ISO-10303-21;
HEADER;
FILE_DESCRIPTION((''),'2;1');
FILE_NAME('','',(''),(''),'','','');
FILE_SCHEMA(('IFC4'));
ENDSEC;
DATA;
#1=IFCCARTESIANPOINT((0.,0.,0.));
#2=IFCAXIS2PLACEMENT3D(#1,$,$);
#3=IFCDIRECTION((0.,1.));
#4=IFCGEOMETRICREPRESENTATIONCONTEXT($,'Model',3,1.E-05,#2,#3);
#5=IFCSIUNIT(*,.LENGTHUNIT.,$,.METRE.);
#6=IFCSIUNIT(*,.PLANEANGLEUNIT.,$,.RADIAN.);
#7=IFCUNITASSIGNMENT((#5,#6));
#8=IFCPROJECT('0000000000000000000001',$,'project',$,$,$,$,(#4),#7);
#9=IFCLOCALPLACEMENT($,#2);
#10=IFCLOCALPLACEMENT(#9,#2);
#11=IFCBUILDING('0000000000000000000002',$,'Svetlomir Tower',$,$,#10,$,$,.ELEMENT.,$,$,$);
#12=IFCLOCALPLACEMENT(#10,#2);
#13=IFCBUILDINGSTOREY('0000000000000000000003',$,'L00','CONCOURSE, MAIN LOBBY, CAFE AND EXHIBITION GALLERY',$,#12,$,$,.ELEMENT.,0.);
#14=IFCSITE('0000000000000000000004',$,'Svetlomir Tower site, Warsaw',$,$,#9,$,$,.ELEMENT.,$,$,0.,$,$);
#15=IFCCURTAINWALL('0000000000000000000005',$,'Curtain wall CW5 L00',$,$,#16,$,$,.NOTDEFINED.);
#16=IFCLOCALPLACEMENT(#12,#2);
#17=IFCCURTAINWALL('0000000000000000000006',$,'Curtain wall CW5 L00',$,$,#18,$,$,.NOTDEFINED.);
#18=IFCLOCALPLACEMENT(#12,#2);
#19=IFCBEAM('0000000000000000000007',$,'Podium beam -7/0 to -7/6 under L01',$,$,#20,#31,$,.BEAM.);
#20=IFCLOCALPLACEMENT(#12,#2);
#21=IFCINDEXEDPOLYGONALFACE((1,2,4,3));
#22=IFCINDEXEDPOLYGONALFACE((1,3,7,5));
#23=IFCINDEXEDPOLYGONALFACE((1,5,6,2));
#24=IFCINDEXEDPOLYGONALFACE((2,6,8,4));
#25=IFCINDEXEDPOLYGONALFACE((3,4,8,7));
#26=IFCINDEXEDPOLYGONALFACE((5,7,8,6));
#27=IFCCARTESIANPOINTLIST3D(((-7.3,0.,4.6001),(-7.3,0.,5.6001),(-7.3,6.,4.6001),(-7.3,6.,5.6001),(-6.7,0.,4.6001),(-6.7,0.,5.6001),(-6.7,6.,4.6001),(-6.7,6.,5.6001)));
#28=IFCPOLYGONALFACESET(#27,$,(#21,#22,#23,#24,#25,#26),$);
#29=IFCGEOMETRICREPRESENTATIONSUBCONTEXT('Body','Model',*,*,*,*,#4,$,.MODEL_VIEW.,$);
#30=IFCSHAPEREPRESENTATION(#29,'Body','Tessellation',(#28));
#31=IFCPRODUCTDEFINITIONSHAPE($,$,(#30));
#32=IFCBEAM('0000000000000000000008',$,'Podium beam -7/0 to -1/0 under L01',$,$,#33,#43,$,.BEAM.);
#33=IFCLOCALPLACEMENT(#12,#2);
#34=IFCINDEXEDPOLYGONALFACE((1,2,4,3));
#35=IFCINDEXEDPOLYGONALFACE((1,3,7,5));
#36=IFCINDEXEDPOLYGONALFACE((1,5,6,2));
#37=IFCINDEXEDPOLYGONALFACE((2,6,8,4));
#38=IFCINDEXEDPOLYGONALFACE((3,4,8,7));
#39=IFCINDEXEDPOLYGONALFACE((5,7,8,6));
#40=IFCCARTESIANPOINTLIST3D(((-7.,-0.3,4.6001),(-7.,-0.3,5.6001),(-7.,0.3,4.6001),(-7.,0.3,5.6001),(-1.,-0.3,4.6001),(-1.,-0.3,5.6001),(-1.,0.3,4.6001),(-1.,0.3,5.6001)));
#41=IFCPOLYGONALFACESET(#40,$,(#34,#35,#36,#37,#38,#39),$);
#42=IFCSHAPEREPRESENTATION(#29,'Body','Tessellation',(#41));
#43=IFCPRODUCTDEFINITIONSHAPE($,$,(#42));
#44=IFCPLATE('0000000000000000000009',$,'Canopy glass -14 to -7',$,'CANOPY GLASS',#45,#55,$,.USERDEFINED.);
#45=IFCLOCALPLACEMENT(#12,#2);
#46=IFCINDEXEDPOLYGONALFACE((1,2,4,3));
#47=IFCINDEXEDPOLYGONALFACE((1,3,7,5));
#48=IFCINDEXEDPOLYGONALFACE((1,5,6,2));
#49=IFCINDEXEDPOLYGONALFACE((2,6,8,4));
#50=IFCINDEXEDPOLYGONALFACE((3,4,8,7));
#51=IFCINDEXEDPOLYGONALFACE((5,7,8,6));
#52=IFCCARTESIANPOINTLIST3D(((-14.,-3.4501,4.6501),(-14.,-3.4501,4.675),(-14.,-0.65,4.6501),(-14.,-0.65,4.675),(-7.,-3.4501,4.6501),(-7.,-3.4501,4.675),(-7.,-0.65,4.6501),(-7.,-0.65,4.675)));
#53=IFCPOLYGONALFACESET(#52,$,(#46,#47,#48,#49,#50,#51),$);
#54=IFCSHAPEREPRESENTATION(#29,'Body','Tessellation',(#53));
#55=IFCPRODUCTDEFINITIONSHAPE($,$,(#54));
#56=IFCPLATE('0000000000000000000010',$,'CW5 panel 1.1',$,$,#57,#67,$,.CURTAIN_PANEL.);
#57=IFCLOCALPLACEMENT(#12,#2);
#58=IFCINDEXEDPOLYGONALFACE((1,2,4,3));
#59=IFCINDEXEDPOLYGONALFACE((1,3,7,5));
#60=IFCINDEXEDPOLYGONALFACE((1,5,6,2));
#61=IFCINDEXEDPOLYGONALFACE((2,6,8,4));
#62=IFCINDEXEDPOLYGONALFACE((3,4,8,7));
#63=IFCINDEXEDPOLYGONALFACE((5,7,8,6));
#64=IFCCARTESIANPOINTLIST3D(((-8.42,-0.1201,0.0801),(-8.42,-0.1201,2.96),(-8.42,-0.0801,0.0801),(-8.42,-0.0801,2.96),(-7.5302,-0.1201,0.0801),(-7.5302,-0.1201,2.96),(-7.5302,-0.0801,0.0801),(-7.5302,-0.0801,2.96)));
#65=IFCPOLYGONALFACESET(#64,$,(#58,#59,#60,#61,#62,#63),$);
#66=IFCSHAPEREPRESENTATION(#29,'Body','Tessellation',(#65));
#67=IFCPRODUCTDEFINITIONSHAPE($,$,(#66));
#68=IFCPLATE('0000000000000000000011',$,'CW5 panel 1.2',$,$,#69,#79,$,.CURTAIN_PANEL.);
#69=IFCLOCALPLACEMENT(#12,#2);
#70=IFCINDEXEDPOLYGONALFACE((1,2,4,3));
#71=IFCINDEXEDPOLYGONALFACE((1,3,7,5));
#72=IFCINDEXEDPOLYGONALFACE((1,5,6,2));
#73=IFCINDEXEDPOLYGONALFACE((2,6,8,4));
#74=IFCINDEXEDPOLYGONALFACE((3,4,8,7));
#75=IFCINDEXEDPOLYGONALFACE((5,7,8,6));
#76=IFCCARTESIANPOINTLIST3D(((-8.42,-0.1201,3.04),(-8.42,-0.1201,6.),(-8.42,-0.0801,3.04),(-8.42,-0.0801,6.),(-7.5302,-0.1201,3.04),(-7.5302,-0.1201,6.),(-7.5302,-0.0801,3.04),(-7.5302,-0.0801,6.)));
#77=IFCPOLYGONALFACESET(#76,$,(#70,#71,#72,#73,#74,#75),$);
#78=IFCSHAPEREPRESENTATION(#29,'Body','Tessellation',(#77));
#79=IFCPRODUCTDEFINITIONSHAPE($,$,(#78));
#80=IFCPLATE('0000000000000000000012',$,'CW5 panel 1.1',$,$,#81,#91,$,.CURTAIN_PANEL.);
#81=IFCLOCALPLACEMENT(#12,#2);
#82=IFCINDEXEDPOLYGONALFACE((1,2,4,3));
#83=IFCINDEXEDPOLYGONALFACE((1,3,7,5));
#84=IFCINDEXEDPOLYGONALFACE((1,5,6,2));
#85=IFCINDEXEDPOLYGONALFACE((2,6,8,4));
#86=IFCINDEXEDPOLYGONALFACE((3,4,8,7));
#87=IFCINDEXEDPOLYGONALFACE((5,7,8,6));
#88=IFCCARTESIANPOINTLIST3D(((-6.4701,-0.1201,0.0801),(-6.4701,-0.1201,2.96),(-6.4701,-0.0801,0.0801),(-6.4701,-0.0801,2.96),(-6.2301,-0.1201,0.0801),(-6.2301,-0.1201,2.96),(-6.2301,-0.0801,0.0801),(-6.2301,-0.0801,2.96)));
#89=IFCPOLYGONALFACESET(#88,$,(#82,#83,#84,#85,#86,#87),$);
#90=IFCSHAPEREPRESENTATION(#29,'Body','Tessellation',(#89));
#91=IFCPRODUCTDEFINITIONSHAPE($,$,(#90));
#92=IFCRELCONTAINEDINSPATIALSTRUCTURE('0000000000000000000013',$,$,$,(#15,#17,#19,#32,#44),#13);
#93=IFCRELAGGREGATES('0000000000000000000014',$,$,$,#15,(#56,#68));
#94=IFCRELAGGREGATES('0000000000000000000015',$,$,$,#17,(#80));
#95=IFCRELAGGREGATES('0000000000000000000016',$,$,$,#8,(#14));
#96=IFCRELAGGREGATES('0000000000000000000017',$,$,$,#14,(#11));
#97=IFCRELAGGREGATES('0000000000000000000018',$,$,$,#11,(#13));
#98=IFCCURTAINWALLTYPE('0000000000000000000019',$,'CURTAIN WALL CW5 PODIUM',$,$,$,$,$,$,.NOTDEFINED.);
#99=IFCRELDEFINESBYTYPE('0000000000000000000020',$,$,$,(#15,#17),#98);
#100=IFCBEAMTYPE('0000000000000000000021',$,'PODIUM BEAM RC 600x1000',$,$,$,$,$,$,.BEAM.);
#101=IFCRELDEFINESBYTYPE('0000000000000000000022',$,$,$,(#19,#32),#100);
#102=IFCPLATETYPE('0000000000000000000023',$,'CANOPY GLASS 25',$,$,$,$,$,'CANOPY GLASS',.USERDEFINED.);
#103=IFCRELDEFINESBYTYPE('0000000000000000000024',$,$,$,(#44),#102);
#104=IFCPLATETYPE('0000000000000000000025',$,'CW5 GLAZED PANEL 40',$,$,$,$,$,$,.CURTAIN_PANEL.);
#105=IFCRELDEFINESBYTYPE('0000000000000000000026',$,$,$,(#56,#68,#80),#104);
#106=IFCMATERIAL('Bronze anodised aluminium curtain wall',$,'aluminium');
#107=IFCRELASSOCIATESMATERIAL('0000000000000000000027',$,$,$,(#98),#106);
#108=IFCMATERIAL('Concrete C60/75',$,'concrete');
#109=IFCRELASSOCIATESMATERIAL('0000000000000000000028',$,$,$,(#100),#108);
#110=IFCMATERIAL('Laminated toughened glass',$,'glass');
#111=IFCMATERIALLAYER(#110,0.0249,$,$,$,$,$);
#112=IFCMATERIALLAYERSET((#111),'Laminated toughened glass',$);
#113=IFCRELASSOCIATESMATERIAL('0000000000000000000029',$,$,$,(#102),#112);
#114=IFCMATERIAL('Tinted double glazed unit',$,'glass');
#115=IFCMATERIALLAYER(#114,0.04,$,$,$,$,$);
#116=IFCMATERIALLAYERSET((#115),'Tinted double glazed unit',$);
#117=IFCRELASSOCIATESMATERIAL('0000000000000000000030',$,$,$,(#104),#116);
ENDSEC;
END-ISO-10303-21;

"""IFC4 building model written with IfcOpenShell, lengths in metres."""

from ifc_helpers import new_model, si_unit, direction, frame, origin, origin_2d, place, context, subcontext, project, spatial, rectangle, extrude, material, layer, layer_set, material_profile, profile_set, type_object, element, aggregate, save


model = new_model("IFC4")

# Units and contexts
model_context = context("Model", 3, precision=1e-05, world=origin(), true_north=direction((0.0, 1.0)))
body_context = subcontext(model_context, "Body", "Model", "MODEL_VIEW")
ifc_project = project(units=[si_unit("LENGTHUNIT", "METRE"), si_unit("PLANEANGLEUNIT", "RADIAN")], contexts=[model_context])

# Site, building, storey
site_placement = place(None, origin())
site = spatial("IfcSite", under=ifc_project, at=site_placement, Name="Svetlomir Tower site, Warsaw", CompositionType="ELEMENT", RefElevation=0.0)
building_placement = place(site_placement, origin())
building = spatial("IfcBuilding", under=site, at=building_placement, Name="Svetlomir Tower", CompositionType="ELEMENT")
storey_placement = place(building_placement, origin())
storey = spatial("IfcBuildingStorey", under=building, at=storey_placement, Name="L00", Description="CONCOURSE, MAIN LOBBY, CAFE AND EXHIBITION GALLERY", CompositionType="ELEMENT", Elevation=0.0)

# Curtain wall
ifc_material_1 = material(Name="Bronze anodised aluminium curtain wall", Category="aluminium")
curtain_wall_type = type_object("IfcCurtainWallType", Name="CURTAIN WALL CW5 PODIUM", PredefinedType="NOTDEFINED", material=ifc_material_1)
curtain_wall_1_placement = place(storey_placement, origin())
curtain_wall_1 = element("IfcCurtainWall", 1, at=curtain_wall_1_placement, inside=storey, type_object=curtain_wall_type, Name="Curtain wall CW5 L00", PredefinedType="NOTDEFINED")

# Curtain wall
curtain_wall_2_placement = place(storey_placement, origin())
curtain_wall_2 = element("IfcCurtainWall", 2, at=curtain_wall_2_placement, inside=storey, type_object=curtain_wall_type, Name="Curtain wall CW5 L00", PredefinedType="NOTDEFINED")

# Beams
ifc_material_2 = material(Name="Concrete C60/75", Category="concrete")
ifc_material_profile_1 = material_profile(ifc_material_2, rectangle(XDim=0.6001, YDim=1.0, at=origin_2d()), Name="RC 600x1000")
ifc_profile_set_1 = profile_set([ifc_material_profile_1], Name="Concrete C60/75")
beam_type_1 = type_object("IfcBeamType", Name="PODIUM BEAM RC 600x1000", PredefinedType="BEAM", material=ifc_profile_set_1)
for number, where, z_axis, x_axis, name in (
    (3, (-7.0, 0.0, 5.1001), (0.0, 1.0, 0.0), (-1.0, 0.0, 0.0), "Podium beam -7/0 to -7/6 under L01"),
    (4, (-7.0, 0.0, 5.1001), (1.0, 0.0, 0.0), (0.0, 1.0, 0.0), "Podium beam -7/0 to -1/0 under L01"),
):
    element("IfcBeam", number, at=place(storey_placement, frame(where, z_axis=z_axis, x_axis=x_axis)), inside=storey, type_object=beam_type_1, Name=name, PredefinedType="BEAM", context=body_context, shape_type="SweptSolid", body=[
        extrude(rectangle(XDim=0.6001, YDim=1.0, at=origin_2d()), origin(), (0.0, 0.0, 1.0), 6.0),
    ])

# Plates
ifc_material_3 = material(Name="Laminated toughened glass", Category="glass")
ifc_layer_1 = layer(ifc_material_3, 0.0249)
ifc_layer_set_1 = layer_set([ifc_layer_1], Name="Laminated toughened glass")
plate_type_1 = type_object("IfcPlateType", Name="CANOPY GLASS 25", ElementType="CANOPY GLASS", PredefinedType="USERDEFINED", material=ifc_layer_set_1)
plate_1_placement = place(storey_placement, frame((-10.5, -2.05, 4.6501), z_axis=(0.0, 0.0, 1.0), x_axis=(1.0, 0.0, 0.0)))
element("IfcPlate", 5, at=plate_1_placement, inside=storey, type_object=plate_type_1, Name="Canopy glass -14 to -7", ObjectType="CANOPY GLASS", PredefinedType="USERDEFINED", context=body_context, shape_type="SweptSolid", body=[
    extrude(rectangle(XDim=7.0, YDim=2.8, at=origin_2d()), origin(), (0.0, 0.0, 1.0), 0.0249),
])
ifc_material_4 = material(Name="Tinted double glazed unit", Category="glass")
ifc_layer_2 = layer(ifc_material_4, 0.04)
ifc_layer_set_2 = layer_set([ifc_layer_2], Name="Tinted double glazed unit")
plate_type_2 = type_object("IfcPlateType", Name="CW5 GLAZED PANEL 40", PredefinedType="CURTAIN_PANEL", material=ifc_layer_set_2)
plate_2_placement = place(storey_placement, frame((-7.9751, -0.1001, 0.0801), z_axis=(0.0, 0.0, 1.0), x_axis=(1.0, 0.0, 0.0)))
plate_2 = element("IfcPlate", 6, at=plate_2_placement, type_object=plate_type_2, Name="CW5 panel 1.1", PredefinedType="CURTAIN_PANEL", context=body_context, shape_type="SweptSolid", body=[
    extrude(rectangle(XDim=0.8899, YDim=0.04, at=origin_2d()), origin(), (0.0, 0.0, 1.0), 2.8799),
])
plate_3_placement = place(storey_placement, frame((-7.9751, -0.1001, 3.04), z_axis=(0.0, 0.0, 1.0), x_axis=(1.0, 0.0, 0.0)))
plate_3 = element("IfcPlate", 7, at=plate_3_placement, type_object=plate_type_2, Name="CW5 panel 1.2", PredefinedType="CURTAIN_PANEL", context=body_context, shape_type="SweptSolid", body=[
    extrude(rectangle(XDim=0.8899, YDim=0.04, at=origin_2d()), origin(), (0.0, 0.0, 1.0), 2.96),
])
aggregate(curtain_wall_1, [plate_2, plate_3])
plate_4_placement = place(storey_placement, frame((-6.3501, -0.1001, 0.0801), z_axis=(0.0, 0.0, 1.0), x_axis=(1.0, 0.0, 0.0)))
plate_4 = element("IfcPlate", 8, at=plate_4_placement, type_object=plate_type_2, Name="CW5 panel 1.1", PredefinedType="CURTAIN_PANEL", context=body_context, shape_type="SweptSolid", body=[
    extrude(rectangle(XDim=0.24, YDim=0.04, at=origin_2d()), origin(), (0.0, 0.0, 1.0), 2.8799),
])
aggregate(curtain_wall_2, [plate_4])

save(model, "model.ifc")
